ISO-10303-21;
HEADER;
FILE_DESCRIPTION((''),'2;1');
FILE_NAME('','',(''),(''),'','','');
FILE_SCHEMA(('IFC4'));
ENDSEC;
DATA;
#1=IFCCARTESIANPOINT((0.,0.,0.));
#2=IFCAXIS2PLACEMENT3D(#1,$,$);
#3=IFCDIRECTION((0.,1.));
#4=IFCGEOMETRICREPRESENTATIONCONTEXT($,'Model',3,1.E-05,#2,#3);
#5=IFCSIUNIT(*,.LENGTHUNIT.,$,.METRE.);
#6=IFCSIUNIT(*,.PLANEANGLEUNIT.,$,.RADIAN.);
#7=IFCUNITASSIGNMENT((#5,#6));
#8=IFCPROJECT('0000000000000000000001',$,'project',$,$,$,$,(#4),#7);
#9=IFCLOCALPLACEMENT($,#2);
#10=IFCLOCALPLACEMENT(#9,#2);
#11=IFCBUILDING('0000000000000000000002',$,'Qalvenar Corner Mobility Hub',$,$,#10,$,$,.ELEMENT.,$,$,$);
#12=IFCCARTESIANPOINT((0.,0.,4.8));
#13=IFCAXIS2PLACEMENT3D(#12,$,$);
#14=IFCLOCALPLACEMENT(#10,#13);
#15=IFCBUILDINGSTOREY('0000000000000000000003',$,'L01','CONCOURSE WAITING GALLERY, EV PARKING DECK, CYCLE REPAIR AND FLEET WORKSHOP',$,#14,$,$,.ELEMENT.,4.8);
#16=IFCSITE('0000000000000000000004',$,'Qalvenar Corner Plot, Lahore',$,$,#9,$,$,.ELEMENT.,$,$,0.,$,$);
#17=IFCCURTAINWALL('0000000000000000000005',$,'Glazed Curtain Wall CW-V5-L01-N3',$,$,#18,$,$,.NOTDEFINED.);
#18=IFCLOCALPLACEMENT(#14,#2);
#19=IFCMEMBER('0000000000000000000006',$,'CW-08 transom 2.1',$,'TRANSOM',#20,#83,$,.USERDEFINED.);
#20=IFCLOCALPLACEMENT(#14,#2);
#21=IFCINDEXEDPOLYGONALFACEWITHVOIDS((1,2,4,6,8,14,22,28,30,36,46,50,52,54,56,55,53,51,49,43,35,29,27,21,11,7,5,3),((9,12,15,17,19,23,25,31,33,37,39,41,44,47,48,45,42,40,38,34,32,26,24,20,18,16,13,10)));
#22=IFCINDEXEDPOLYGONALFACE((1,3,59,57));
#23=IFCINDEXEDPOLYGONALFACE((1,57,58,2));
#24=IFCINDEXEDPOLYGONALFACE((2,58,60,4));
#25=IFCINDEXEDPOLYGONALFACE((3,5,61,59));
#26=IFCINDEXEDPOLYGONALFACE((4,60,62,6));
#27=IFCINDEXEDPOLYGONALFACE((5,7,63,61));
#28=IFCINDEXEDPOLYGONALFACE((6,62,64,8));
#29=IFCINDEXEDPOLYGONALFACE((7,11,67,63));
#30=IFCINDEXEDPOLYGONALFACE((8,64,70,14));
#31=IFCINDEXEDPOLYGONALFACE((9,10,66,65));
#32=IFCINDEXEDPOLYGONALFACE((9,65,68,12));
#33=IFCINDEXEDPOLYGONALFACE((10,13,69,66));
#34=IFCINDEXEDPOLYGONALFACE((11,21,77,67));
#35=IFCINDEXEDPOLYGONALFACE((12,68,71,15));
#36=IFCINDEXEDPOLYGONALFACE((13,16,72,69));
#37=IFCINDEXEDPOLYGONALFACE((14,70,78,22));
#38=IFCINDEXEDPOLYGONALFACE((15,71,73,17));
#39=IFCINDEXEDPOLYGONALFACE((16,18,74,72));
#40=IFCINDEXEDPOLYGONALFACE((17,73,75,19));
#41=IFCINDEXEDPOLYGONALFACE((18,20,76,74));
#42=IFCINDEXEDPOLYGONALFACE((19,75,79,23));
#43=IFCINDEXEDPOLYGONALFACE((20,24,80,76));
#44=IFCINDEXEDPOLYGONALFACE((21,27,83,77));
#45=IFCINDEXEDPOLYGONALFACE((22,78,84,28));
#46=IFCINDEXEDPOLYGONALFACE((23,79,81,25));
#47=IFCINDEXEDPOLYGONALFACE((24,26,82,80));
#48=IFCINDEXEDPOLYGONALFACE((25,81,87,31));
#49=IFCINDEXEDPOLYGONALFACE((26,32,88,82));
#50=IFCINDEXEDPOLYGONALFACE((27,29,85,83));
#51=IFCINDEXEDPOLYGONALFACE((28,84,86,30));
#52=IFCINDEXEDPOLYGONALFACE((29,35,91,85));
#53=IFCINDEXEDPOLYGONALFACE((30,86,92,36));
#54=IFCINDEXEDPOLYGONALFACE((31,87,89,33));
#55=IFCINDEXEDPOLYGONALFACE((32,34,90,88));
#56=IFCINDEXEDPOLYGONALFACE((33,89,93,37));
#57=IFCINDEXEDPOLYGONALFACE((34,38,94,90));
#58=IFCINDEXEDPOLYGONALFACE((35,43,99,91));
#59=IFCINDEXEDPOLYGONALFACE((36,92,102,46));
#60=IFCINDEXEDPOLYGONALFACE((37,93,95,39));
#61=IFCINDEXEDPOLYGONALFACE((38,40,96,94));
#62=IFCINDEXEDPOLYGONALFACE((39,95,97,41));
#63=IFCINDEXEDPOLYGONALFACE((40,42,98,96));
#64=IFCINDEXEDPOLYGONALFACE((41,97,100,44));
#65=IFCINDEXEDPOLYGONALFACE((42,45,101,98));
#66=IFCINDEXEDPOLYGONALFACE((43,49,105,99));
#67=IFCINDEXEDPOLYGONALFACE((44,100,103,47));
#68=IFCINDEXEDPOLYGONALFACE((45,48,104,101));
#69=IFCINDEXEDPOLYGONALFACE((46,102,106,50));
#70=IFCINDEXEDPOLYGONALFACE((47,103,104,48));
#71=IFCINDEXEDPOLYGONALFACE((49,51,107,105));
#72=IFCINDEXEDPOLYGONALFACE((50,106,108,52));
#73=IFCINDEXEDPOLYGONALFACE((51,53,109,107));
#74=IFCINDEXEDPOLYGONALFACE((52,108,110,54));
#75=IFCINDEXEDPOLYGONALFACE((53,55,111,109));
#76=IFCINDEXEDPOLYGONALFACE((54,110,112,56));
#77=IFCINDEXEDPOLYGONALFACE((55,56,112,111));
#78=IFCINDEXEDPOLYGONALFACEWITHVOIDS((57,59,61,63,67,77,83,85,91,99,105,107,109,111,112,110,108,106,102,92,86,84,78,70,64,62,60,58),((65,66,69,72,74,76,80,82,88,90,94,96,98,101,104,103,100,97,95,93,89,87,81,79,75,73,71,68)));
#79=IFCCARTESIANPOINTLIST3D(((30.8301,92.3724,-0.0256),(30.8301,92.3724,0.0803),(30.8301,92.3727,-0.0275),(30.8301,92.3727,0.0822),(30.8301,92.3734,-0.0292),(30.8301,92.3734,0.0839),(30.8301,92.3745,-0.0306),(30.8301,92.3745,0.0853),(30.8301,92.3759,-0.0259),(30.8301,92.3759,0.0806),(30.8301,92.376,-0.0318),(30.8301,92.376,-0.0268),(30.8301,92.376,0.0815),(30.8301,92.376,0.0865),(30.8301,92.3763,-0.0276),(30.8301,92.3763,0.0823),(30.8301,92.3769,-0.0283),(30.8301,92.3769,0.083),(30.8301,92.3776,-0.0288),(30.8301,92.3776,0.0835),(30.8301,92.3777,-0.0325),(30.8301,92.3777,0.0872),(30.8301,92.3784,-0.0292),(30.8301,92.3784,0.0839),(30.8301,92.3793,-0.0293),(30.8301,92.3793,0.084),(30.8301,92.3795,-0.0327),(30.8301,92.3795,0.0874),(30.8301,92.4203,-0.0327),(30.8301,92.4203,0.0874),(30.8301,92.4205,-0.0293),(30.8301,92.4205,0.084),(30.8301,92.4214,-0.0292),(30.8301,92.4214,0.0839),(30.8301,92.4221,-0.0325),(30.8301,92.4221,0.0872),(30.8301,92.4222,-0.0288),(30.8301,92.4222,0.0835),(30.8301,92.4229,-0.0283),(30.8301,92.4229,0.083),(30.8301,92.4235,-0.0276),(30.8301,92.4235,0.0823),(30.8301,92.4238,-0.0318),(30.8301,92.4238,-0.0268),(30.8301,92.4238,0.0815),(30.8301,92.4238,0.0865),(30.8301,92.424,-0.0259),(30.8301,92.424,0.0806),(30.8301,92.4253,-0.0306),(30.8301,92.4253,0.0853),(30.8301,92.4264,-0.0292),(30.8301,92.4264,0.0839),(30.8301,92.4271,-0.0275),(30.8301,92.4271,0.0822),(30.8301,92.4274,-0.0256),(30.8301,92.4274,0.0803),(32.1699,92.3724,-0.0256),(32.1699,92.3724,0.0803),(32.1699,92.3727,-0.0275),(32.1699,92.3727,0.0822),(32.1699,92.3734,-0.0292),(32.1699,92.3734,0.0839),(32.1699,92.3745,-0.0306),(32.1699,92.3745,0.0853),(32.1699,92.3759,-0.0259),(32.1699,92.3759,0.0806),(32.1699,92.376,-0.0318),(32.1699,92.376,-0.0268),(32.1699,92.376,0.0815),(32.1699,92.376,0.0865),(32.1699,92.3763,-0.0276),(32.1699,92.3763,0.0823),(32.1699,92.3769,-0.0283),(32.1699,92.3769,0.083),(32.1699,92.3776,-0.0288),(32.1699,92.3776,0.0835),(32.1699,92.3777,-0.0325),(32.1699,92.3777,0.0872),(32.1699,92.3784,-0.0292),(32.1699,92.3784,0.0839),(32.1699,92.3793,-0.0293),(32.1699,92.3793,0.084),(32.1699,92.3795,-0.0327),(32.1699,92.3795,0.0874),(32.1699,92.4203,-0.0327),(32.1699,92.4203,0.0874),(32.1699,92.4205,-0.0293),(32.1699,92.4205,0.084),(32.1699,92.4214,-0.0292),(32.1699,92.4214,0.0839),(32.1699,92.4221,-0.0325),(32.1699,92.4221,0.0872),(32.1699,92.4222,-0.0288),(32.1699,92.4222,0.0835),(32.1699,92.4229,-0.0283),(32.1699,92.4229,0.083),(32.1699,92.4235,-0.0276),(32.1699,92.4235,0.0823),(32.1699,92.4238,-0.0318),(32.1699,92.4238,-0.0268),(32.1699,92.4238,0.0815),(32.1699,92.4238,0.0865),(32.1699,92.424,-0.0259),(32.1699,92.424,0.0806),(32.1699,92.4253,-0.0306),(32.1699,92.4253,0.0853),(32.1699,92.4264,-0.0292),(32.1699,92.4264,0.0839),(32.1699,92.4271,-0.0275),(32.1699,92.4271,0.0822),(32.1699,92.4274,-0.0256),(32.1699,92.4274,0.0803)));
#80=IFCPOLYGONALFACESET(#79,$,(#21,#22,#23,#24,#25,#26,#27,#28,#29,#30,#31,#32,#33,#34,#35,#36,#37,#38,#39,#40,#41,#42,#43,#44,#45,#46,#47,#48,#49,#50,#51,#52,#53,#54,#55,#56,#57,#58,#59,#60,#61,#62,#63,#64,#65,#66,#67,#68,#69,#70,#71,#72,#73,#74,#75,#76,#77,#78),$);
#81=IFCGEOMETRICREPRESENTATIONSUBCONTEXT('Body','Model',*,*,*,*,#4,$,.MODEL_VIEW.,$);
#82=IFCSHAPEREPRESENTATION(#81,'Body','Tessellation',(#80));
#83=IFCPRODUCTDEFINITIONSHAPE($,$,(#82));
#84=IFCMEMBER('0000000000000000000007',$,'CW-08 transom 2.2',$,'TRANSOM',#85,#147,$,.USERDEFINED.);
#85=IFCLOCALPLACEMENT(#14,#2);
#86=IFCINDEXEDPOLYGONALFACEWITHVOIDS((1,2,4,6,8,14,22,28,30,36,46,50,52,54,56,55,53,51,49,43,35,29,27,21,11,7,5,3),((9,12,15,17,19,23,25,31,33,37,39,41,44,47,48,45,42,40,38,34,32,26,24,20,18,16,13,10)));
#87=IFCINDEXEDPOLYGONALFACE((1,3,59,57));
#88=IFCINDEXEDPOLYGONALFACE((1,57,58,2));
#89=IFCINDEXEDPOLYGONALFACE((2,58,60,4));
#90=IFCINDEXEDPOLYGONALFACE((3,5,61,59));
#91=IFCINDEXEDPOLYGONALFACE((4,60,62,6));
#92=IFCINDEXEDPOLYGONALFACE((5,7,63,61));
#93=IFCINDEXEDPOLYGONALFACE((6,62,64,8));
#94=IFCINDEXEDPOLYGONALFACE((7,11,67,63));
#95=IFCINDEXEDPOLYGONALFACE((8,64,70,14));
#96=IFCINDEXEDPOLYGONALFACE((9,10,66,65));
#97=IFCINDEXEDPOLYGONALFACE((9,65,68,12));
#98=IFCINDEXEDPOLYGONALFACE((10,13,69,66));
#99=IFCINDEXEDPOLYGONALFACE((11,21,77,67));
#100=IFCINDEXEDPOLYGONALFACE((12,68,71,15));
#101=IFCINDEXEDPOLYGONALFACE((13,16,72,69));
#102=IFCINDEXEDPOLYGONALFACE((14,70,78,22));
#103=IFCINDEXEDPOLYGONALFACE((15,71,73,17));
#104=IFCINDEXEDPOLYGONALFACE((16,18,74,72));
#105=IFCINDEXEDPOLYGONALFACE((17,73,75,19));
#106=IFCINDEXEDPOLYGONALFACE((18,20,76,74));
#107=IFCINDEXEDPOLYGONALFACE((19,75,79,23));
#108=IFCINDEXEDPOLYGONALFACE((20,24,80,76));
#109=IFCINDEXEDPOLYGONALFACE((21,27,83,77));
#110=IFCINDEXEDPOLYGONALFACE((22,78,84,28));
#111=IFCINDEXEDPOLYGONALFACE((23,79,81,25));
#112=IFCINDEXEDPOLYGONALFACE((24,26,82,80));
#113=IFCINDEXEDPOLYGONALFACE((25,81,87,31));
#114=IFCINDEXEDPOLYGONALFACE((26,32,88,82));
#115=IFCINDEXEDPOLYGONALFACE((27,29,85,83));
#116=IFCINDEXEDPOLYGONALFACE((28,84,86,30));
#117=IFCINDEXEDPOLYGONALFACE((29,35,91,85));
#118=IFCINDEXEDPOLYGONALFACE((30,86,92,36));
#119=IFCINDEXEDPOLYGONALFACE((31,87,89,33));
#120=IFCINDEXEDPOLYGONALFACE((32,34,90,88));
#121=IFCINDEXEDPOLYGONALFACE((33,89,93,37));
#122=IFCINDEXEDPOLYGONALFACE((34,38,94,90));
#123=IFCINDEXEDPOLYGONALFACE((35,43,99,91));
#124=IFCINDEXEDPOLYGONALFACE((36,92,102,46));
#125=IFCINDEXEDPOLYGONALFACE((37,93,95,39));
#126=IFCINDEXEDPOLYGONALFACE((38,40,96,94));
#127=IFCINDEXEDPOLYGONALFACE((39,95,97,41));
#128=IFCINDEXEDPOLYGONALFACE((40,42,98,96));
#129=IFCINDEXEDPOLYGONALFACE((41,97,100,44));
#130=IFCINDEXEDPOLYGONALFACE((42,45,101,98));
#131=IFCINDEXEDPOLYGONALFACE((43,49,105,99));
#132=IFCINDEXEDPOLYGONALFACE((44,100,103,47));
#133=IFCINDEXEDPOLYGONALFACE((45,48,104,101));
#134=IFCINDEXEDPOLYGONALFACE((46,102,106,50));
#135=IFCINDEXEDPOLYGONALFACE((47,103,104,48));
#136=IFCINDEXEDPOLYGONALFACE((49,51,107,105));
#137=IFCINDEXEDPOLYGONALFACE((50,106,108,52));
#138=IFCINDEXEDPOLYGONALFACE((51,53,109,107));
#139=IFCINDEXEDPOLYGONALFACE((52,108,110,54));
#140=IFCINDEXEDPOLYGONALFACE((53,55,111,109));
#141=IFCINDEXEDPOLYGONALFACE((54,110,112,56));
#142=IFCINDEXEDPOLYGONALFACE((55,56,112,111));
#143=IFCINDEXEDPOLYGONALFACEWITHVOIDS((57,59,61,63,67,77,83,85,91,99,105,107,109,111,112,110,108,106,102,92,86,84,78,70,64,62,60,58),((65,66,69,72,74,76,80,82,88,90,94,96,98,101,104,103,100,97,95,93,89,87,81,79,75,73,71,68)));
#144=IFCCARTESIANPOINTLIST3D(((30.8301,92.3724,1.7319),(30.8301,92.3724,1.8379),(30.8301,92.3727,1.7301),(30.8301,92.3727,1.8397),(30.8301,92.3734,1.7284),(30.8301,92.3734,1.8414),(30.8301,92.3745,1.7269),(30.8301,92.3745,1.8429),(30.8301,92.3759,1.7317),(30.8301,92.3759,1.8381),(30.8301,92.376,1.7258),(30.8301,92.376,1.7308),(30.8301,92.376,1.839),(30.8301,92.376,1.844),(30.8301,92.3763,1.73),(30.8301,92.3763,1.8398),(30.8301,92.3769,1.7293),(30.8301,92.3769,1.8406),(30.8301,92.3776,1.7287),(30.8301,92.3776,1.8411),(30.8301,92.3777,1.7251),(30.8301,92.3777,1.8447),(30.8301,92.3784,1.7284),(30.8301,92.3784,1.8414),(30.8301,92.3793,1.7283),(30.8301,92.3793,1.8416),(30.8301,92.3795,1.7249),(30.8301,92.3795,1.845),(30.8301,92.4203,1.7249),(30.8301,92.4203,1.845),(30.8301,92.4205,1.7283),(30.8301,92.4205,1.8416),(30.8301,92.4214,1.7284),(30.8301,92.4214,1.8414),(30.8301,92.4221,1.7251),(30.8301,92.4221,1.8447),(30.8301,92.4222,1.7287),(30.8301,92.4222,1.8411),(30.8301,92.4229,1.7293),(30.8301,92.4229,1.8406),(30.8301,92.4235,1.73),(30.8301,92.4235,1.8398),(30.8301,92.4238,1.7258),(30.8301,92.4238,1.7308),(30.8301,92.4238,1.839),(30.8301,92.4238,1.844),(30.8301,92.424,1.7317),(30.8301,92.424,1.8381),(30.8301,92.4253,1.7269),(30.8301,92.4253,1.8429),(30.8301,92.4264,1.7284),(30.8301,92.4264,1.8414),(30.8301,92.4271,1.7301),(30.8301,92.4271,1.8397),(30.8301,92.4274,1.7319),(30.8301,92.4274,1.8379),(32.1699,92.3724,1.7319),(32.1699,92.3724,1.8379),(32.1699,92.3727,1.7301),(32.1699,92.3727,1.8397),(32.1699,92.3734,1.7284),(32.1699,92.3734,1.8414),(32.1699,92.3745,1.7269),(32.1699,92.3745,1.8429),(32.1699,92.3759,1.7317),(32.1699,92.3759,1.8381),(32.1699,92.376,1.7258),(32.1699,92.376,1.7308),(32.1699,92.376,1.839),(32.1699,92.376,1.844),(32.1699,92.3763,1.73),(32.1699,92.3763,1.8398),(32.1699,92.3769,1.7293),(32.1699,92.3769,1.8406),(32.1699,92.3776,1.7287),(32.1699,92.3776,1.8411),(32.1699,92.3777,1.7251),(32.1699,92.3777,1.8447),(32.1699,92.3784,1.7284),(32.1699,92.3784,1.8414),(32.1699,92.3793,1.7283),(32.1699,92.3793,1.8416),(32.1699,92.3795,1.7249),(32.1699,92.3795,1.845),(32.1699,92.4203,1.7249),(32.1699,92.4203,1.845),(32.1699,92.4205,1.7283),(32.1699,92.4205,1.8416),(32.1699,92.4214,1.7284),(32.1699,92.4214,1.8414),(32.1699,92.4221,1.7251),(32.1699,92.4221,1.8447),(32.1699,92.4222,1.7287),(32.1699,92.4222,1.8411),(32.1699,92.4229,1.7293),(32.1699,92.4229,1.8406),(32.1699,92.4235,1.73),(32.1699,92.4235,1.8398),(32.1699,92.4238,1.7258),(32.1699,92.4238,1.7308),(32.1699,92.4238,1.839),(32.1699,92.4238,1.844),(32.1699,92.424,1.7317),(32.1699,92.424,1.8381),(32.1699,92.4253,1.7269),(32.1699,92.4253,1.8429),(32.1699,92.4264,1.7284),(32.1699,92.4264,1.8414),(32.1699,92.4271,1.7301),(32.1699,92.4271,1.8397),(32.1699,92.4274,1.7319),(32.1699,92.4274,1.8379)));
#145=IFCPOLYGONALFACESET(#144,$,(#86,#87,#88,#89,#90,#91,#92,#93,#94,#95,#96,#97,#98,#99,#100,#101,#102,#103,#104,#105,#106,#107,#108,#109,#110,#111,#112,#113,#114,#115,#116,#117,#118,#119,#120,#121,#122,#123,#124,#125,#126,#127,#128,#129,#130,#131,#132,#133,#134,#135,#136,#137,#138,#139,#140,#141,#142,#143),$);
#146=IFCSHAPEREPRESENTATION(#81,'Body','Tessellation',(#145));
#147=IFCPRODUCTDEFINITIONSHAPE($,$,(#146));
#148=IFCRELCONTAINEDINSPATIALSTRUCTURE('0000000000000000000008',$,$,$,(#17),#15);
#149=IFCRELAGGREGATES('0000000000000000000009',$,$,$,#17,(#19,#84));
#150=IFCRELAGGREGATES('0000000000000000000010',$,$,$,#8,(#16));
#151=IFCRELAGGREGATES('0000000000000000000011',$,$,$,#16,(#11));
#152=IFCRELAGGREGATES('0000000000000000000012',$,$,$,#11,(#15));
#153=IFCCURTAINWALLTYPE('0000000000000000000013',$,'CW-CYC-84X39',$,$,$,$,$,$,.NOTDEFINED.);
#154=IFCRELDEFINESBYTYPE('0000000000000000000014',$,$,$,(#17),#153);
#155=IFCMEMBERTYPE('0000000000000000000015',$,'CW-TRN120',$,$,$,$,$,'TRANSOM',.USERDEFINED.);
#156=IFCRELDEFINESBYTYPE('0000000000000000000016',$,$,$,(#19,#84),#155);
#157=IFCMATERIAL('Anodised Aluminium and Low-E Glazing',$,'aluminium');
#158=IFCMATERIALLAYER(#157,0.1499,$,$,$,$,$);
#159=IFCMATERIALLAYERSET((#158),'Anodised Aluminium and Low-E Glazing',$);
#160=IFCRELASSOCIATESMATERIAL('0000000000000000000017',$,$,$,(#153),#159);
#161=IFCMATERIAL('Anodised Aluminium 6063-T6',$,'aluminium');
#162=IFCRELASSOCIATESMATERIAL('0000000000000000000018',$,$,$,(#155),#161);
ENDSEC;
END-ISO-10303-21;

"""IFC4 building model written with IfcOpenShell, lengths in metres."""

from ifc_helpers import new_model, si_unit, direction, frame, origin, origin_2d, place, context, subcontext, project, spatial, hollow_rectangle, extrude, material, layer, layer_set, material_profile, profile_set, type_object, element, aggregate, save


model = new_model("IFC4")

# Units and contexts
model_context = context("Model", 3, precision=1e-05, world=origin(), true_north=direction((0.0, 1.0)))
body_context = subcontext(model_context, "Body", "Model", "MODEL_VIEW")
ifc_project = project(units=[si_unit("LENGTHUNIT", "METRE"), si_unit("PLANEANGLEUNIT", "RADIAN")], contexts=[model_context])

# Site, building, storey
site_placement = place(None, origin())
site = spatial("IfcSite", under=ifc_project, at=site_placement, Name="Qalvenar Corner Plot, Lahore", CompositionType="ELEMENT", RefElevation=0.0)
building_placement = place(site_placement, origin())
building = spatial("IfcBuilding", under=site, at=building_placement, Name="Qalvenar Corner Mobility Hub", CompositionType="ELEMENT")
storey_placement = place(building_placement, frame((0.0, 0.0, 4.8)))
storey = spatial("IfcBuildingStorey", under=building, at=storey_placement, Name="L01", Description="CONCOURSE WAITING GALLERY, EV PARKING DECK, CYCLE REPAIR AND FLEET WORKSHOP", CompositionType="ELEMENT", Elevation=4.8)

# Curtain wall
ifc_material_1 = material(Name="Anodised Aluminium and Low-E Glazing", Category="aluminium")
ifc_layer_1 = layer(ifc_material_1, 0.1499)
ifc_layer_set_1 = layer_set([ifc_layer_1], Name="Anodised Aluminium and Low-E Glazing")
curtain_wall_type = type_object("IfcCurtainWallType", Name="CW-CYC-84X39", PredefinedType="NOTDEFINED", material=ifc_layer_set_1)
ifc_material_2 = material(Name="Anodised Aluminium 6063-T6", Category="aluminium")
curtain_wall_1_placement = place(storey_placement, origin())
curtain_wall_1 = element("IfcCurtainWall", 1, at=curtain_wall_1_placement, inside=storey, type_object=curtain_wall_type, Name="Glazed Curtain Wall CW-V5-L01-N3", PredefinedType="NOTDEFINED")

# Members
ifc_material_profile_1 = material_profile(ifc_material_2, hollow_rectangle(XDim=0.0549, YDim=0.1201, WallThickness=0.0034, InnerFilletRadius=0.0034, OuterFilletRadius=0.0071, at=origin_2d()), Name="RHS120x55x3.5")
ifc_profile_set_1 = profile_set([ifc_material_profile_1], Name="Anodised Aluminium 6063-T6")
member_type_1 = type_object("IfcMemberType", Name="CW-TRN120", ElementType="TRANSOM", PredefinedType="USERDEFINED", material=ifc_profile_set_1)
member_1_placement = place(storey_placement, frame((32.1699, 92.3999, 0.0273), z_axis=(-1.0, 0.0, 0.0), x_axis=(0.0, -1.0, 0.0)))
member_1 = element("IfcMember", 2, at=member_1_placement, type_object=member_type_1, Name="CW-08 transom 2.1", ObjectType="TRANSOM", PredefinedType="USERDEFINED", context=body_context, shape_type="SweptSolid", body=[
    extrude(hollow_rectangle(XDim=0.0549, YDim=0.1201, WallThickness=0.0034, InnerFilletRadius=0.0034, OuterFilletRadius=0.0071, at=origin_2d()), origin(), (0.0, 0.0, 1.0), 1.3398),
])
member_2_placement = place(storey_placement, frame((32.1699, 92.3999, 1.7849), z_axis=(-1.0, 0.0, 0.0), x_axis=(0.0, -1.0, 0.0)))
member_2 = element("IfcMember", 3, at=member_2_placement, type_object=member_type_1, Name="CW-08 transom 2.2", ObjectType="TRANSOM", PredefinedType="USERDEFINED", context=body_context, shape_type="SweptSolid", body=[
    extrude(hollow_rectangle(XDim=0.0549, YDim=0.1201, WallThickness=0.0034, InnerFilletRadius=0.0034, OuterFilletRadius=0.0071, at=origin_2d()), origin(), (0.0, 0.0, 1.0), 1.3398),
])

aggregate(curtain_wall_1, [member_1, member_2])

save(model, "model.ifc")
